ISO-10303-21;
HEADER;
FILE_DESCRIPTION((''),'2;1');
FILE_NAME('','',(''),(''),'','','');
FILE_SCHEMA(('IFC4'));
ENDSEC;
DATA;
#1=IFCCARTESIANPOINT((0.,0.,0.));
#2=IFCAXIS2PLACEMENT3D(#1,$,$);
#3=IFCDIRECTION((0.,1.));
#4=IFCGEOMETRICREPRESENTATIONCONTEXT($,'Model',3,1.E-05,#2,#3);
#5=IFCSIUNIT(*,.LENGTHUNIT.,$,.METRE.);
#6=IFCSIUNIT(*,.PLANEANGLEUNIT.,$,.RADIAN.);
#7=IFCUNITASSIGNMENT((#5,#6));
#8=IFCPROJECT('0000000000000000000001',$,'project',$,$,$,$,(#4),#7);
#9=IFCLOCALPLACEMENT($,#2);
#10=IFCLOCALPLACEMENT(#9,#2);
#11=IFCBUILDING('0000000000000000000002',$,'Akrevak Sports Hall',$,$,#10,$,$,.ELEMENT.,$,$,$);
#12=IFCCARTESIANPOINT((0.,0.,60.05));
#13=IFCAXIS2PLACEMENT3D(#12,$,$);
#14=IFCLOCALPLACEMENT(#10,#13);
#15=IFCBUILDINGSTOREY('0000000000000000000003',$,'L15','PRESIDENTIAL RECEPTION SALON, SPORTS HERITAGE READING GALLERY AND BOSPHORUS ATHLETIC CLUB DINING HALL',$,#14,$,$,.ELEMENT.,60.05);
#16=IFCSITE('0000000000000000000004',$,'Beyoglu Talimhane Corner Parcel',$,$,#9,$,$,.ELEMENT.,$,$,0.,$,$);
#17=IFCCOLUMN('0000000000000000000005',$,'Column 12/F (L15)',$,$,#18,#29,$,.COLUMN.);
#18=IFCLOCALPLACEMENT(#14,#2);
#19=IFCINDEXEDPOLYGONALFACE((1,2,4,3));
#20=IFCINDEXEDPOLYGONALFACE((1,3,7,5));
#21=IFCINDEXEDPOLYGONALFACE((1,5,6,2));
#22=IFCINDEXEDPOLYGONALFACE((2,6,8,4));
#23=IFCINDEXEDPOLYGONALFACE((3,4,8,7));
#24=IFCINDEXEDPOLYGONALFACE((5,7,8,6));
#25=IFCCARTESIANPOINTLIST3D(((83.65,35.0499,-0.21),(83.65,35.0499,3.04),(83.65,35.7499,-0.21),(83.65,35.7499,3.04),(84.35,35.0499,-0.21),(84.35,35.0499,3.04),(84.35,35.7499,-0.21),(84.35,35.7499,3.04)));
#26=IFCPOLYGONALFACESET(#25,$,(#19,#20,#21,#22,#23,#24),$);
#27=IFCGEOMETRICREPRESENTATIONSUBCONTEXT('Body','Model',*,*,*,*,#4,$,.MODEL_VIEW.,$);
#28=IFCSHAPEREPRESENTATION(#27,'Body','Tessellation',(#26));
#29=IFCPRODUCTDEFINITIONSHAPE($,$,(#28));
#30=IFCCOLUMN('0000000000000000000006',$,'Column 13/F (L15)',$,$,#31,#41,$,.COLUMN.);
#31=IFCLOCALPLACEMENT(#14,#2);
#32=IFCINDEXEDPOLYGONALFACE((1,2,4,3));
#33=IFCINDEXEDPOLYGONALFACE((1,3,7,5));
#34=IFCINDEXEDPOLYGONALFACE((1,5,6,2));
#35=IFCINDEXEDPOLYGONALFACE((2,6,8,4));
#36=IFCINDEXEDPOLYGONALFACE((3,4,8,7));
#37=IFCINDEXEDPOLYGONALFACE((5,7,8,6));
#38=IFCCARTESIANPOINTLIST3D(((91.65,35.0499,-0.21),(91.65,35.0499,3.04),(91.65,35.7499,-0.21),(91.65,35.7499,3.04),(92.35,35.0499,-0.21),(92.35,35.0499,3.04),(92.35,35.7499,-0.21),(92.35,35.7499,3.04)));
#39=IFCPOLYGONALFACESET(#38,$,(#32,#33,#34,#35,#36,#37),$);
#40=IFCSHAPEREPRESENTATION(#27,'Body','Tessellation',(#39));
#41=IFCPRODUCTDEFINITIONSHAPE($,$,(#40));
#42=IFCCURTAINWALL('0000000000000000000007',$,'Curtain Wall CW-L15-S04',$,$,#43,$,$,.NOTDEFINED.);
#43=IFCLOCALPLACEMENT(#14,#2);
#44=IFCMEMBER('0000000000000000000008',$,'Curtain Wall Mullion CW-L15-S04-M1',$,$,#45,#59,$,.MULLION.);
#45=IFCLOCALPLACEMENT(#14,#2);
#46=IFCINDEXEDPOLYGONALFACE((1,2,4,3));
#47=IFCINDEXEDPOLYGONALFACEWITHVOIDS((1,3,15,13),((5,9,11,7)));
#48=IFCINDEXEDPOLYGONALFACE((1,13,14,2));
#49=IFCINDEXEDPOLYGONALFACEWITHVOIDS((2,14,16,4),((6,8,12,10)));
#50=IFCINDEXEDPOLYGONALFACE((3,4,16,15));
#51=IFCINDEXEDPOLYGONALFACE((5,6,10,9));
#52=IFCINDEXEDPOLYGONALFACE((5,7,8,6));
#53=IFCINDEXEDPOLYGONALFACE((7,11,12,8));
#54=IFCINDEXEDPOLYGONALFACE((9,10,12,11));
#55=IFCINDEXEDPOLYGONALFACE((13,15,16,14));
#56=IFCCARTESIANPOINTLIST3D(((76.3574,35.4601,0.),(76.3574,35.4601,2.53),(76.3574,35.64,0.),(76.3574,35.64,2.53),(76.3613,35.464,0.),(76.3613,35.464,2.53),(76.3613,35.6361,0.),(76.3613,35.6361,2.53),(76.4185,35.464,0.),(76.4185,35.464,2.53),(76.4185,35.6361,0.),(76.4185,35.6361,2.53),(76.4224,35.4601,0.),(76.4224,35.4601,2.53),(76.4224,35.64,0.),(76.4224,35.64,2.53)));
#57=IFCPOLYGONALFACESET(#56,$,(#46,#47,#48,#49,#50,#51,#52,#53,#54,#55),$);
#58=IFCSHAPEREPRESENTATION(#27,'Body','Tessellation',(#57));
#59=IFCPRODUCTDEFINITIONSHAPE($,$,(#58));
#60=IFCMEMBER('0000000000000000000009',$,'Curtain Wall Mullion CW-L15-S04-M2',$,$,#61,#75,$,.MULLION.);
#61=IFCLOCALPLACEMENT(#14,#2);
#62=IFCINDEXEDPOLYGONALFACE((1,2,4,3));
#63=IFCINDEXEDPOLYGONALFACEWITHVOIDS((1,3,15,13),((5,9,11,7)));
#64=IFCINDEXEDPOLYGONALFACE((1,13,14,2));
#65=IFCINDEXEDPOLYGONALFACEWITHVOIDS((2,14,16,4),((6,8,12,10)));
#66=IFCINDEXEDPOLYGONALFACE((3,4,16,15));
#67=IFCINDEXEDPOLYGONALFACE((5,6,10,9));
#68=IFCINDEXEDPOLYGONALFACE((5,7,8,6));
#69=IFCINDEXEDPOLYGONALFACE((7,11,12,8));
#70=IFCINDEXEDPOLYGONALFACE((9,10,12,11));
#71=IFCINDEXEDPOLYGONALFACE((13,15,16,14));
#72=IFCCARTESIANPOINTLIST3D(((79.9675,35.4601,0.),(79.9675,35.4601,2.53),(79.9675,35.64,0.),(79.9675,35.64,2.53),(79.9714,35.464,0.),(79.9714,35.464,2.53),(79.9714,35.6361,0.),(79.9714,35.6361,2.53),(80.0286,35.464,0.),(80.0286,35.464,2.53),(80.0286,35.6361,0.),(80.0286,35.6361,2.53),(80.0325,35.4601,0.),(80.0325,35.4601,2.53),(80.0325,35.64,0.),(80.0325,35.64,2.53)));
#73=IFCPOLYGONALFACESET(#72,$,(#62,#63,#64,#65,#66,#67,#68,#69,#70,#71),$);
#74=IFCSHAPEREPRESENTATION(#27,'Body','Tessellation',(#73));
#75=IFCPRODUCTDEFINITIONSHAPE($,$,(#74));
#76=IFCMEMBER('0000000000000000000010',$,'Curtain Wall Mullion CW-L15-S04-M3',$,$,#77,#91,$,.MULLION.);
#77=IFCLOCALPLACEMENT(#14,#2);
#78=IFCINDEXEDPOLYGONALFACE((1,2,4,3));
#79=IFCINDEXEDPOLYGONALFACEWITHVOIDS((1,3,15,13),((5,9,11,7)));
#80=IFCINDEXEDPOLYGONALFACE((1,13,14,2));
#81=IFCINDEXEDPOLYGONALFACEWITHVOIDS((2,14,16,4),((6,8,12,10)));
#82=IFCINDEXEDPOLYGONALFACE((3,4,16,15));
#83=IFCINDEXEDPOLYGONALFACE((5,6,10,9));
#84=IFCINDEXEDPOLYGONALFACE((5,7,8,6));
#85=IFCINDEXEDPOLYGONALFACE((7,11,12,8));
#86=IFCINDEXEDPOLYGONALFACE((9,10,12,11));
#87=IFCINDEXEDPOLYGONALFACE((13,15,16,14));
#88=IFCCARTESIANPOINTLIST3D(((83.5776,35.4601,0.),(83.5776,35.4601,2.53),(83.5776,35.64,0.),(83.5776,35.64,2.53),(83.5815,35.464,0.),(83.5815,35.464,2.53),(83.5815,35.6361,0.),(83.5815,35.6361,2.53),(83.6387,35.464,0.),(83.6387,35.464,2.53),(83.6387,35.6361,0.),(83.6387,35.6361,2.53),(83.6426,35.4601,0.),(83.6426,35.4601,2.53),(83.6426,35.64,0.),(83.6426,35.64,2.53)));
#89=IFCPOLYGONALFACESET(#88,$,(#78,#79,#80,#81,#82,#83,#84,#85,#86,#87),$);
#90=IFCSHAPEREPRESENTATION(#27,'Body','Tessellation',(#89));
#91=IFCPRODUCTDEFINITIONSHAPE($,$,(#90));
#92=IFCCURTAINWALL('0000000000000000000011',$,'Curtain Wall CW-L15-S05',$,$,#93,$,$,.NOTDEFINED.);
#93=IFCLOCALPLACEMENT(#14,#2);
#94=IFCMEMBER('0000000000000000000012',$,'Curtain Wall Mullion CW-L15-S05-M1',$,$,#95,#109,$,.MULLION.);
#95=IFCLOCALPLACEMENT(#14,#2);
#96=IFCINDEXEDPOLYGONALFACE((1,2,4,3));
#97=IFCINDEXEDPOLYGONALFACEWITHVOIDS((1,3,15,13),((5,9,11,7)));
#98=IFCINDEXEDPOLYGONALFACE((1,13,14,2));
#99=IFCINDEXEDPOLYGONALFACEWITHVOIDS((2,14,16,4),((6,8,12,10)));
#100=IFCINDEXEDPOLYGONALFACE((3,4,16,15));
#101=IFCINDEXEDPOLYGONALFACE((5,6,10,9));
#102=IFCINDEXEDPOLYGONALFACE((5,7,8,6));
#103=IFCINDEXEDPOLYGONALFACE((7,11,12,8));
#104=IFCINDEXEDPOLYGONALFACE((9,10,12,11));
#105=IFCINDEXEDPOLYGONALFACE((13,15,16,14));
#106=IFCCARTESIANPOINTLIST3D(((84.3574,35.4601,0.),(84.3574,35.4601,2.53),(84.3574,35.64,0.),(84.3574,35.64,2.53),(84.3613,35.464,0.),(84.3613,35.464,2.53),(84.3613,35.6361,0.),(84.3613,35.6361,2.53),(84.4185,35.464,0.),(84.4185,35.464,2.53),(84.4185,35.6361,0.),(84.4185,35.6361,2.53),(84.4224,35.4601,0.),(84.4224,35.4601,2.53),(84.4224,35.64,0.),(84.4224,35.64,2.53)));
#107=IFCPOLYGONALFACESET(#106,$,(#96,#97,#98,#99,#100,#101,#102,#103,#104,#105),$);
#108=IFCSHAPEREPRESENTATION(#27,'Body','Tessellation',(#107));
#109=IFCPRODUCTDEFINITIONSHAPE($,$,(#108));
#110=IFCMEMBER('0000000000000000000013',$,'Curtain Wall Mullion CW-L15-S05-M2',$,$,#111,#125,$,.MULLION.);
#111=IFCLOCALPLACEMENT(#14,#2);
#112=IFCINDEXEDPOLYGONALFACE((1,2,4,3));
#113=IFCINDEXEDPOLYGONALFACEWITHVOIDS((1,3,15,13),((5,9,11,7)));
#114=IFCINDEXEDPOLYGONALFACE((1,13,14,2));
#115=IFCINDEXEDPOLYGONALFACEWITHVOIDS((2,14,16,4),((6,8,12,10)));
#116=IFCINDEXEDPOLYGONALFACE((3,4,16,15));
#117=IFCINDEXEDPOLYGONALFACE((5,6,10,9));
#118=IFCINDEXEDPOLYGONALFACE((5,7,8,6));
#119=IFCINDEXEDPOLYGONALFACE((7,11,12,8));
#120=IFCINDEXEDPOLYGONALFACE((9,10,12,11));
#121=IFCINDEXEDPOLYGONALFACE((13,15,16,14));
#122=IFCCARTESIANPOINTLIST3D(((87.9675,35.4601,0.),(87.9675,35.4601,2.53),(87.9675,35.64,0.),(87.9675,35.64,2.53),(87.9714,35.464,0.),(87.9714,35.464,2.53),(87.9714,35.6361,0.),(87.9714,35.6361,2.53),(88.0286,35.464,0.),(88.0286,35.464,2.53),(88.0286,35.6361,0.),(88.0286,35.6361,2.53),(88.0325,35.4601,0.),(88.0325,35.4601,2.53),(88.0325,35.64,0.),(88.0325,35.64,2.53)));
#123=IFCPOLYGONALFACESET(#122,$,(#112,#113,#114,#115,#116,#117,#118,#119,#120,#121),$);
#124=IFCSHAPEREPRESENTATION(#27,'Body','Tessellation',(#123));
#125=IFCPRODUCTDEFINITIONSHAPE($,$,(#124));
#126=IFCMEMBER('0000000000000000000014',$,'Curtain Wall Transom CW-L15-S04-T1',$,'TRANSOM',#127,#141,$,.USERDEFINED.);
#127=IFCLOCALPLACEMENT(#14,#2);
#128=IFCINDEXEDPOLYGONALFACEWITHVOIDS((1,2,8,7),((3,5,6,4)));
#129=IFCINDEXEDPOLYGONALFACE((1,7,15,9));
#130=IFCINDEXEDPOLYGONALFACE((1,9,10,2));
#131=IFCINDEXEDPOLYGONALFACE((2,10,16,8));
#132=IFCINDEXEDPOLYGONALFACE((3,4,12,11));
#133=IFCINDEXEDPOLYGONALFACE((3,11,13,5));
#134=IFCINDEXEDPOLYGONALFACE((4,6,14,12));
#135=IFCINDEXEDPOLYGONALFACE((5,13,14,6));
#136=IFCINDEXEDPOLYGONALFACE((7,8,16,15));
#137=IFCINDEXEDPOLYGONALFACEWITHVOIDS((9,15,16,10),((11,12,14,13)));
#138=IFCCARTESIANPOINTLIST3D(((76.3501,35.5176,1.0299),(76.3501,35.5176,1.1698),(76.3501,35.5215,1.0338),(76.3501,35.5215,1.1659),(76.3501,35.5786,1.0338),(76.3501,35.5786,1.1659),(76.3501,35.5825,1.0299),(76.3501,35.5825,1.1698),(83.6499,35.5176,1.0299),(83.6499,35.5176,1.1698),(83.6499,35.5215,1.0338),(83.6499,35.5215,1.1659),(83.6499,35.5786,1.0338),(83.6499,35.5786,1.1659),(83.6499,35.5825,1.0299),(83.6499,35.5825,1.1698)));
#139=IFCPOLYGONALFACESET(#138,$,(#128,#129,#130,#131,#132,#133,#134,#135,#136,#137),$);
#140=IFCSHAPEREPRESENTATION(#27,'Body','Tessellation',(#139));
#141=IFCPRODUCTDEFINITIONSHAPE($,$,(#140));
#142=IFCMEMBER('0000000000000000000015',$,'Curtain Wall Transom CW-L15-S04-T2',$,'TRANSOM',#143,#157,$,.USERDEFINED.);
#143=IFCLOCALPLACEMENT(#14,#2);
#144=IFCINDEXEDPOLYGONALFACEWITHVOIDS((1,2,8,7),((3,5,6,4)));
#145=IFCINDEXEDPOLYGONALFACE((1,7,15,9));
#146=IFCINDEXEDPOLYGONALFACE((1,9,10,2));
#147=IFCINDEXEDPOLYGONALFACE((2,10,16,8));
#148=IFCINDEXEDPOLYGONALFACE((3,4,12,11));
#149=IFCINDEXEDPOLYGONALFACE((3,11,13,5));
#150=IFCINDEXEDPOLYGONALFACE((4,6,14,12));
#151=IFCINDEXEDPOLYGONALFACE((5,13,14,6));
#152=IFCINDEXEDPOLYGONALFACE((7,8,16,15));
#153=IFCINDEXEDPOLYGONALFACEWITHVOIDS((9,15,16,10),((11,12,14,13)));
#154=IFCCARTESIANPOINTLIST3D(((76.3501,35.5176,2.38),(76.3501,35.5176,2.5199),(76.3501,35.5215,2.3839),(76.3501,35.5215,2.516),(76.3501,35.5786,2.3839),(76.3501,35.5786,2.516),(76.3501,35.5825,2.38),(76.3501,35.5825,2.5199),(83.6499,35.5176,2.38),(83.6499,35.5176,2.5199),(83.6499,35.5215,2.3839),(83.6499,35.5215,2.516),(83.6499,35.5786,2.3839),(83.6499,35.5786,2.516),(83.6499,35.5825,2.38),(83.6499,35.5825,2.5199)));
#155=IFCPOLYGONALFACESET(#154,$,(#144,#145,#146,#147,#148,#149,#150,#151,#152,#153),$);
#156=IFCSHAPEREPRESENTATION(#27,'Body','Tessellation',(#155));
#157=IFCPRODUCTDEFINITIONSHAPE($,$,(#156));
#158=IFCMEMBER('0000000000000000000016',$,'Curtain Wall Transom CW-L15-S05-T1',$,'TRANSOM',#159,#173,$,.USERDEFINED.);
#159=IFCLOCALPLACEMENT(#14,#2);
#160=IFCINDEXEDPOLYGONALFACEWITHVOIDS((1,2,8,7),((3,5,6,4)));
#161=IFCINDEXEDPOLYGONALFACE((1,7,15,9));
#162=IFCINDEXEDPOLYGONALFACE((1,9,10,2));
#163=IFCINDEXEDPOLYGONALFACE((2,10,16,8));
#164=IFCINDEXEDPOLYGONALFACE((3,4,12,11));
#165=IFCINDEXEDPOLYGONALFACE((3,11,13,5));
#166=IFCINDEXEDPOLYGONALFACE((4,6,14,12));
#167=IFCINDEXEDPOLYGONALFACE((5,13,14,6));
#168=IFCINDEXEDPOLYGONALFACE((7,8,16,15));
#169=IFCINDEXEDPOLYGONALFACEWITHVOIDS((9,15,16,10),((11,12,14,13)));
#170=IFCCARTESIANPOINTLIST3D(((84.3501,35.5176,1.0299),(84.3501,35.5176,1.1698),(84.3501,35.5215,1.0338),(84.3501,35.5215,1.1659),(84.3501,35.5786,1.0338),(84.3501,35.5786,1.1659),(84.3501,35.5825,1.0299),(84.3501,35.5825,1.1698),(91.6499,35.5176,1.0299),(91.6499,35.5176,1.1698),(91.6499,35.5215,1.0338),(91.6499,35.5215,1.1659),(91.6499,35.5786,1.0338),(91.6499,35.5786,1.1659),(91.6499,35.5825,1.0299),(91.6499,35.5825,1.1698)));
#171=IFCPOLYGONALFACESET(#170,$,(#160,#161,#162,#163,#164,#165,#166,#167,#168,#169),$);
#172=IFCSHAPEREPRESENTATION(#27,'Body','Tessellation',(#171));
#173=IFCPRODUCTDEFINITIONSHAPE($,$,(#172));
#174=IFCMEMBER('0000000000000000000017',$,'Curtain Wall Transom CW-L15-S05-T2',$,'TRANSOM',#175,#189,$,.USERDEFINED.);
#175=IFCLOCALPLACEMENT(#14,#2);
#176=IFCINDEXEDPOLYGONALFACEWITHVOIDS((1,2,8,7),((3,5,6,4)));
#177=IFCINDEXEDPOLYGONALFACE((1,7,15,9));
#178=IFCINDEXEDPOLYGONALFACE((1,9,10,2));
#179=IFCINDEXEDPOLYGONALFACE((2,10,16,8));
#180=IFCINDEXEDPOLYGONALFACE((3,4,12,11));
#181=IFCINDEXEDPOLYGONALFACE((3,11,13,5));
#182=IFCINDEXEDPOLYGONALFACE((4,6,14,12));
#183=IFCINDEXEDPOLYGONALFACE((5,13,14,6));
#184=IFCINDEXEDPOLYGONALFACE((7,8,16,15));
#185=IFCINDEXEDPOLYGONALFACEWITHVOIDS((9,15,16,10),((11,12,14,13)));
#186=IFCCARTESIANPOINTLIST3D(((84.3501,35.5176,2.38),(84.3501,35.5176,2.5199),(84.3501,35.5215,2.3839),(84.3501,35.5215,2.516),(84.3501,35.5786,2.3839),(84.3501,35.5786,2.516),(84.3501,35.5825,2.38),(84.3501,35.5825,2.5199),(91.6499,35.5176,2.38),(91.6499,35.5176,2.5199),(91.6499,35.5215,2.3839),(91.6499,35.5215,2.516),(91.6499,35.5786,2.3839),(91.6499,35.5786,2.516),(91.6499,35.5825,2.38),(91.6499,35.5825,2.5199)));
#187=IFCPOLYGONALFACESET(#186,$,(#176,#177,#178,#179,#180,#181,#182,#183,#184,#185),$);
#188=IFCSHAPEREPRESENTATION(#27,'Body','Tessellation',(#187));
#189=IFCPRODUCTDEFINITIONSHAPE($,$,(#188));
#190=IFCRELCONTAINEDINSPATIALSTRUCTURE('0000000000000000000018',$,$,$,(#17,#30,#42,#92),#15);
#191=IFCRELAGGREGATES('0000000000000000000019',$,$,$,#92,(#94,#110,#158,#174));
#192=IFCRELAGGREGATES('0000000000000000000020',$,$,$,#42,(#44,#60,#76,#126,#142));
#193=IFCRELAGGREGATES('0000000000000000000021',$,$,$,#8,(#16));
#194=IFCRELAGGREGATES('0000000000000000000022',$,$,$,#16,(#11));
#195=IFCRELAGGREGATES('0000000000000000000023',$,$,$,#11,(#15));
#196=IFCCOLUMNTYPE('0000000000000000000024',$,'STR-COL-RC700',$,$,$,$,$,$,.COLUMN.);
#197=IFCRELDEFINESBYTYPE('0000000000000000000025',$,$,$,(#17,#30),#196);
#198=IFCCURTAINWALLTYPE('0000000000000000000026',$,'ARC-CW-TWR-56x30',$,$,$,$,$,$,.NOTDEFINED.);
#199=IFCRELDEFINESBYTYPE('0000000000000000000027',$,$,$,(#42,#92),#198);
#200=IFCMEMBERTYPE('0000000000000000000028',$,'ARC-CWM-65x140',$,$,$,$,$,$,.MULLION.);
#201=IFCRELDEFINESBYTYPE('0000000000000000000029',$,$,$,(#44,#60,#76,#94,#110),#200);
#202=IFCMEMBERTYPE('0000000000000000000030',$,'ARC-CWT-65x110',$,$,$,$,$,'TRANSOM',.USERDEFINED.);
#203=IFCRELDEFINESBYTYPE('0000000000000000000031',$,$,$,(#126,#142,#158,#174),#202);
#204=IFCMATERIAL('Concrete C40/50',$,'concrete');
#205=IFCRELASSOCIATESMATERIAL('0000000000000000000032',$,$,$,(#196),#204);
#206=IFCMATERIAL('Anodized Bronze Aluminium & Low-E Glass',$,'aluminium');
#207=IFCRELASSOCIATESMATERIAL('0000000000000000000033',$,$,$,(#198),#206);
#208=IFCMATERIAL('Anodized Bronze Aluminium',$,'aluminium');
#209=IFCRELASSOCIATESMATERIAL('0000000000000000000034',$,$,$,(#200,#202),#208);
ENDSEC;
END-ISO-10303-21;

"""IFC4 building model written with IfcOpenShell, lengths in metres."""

from ifc_helpers import new_model, si_unit, direction, frame, origin, origin_2d, place, context, subcontext, project, spatial, rectangle, hollow_rectangle, extrude, material, material_profile, profile_set, type_object, element, aggregate, save


model = new_model("IFC4")

# Units and contexts
model_context = context("Model", 3, precision=1e-05, world=origin(), true_north=direction((0.0, 1.0)))
body_context = subcontext(model_context, "Body", "Model", "MODEL_VIEW")
ifc_project = project(units=[si_unit("LENGTHUNIT", "METRE"), si_unit("PLANEANGLEUNIT", "RADIAN")], contexts=[model_context])

# Site, building, storey
site_placement = place(None, origin())
site = spatial("IfcSite", under=ifc_project, at=site_placement, Name="Beyoglu Talimhane Corner Parcel", CompositionType="ELEMENT", RefElevation=0.0)
building_placement = place(site_placement, origin())
building = spatial("IfcBuilding", under=site, at=building_placement, Name="Akrevak Sports Hall", CompositionType="ELEMENT")
storey_placement = place(building_placement, frame((0.0, 0.0, 60.05)))
storey = spatial("IfcBuildingStorey", under=building, at=storey_placement, Name="L15", Description="PRESIDENTIAL RECEPTION SALON, SPORTS HERITAGE READING GALLERY AND BOSPHORUS ATHLETIC CLUB DINING HALL", CompositionType="ELEMENT", Elevation=60.05)

# Columns
ifc_material_1 = material(Name="Concrete C40/50", Category="concrete")
ifc_material_profile_1 = material_profile(ifc_material_1, rectangle(XDim=0.7, YDim=0.7, at=origin_2d()), Name="RC 700x700", Category="concrete")
ifc_profile_set_1 = profile_set([ifc_material_profile_1], Name="Concrete C40/50")
column_type = type_object("IfcColumnType", Name="STR-COL-RC700", PredefinedType="COLUMN", material=ifc_profile_set_1)
for number, where, z_axis, x_axis, name in (
    (1, (84.0, 35.3999, -0.21), (0.0, 0.0, 1.0), (1.0, 0.0, 0.0), "Column 12/F (L15)"),
    (2, (92.0, 35.3999, -0.21), (0.0, 0.0, 1.0), (1.0, 0.0, 0.0), "Column 13/F (L15)"),
):
    element("IfcColumn", number, at=place(storey_placement, frame(where, z_axis=z_axis, x_axis=x_axis)), inside=storey, type_object=column_type, Name=name, PredefinedType="COLUMN", context=body_context, shape_type="SweptSolid", body=[
        extrude(rectangle(XDim=0.7, YDim=0.7, at=origin_2d()), origin(), (0.0, 0.0, 1.0), 3.25),
    ])

# Curtain walls, members
ifc_material_2 = material(Name="Anodized Bronze Aluminium & Low-E Glass", Category="aluminium")
curtain_wall_type = type_object("IfcCurtainWallType", Name="ARC-CW-TWR-56x30", PredefinedType="NOTDEFINED", material=ifc_material_2)
curtain_wall_1_placement = place(storey_placement, origin())
curtain_wall_1 = element("IfcCurtainWall", 3, at=curtain_wall_1_placement, inside=storey, type_object=curtain_wall_type, Name="Curtain Wall CW-L15-S04", PredefinedType="NOTDEFINED")
ifc_material_3 = material(Name="Anodized Bronze Aluminium", Category="aluminium")
ifc_material_profile_2 = material_profile(ifc_material_3, hollow_rectangle(XDim=0.0649, YDim=0.1799, WallThickness=0.0039, at=origin_2d()), Name="CWM 65x180", Category="aluminium")
ifc_profile_set_2 = profile_set([ifc_material_profile_2], Name="Anodized Bronze Aluminium")
member_type_1 = type_object("IfcMemberType", Name="ARC-CWM-65x140", PredefinedType="MULLION", material=ifc_profile_set_2)
member_1_placement = place(storey_placement, frame((76.3899, 35.55, 0.0), z_axis=(0.0, 0.0, 1.0), x_axis=(1.0, 0.0, 0.0)))
member_1 = element("IfcMember", 4, at=member_1_placement, type_object=member_type_1, Name="Curtain Wall Mullion CW-L15-S04-M1", PredefinedType="MULLION", context=body_context, shape_type="SweptSolid", body=[
    extrude(hollow_rectangle(XDim=0.0649, YDim=0.1799, WallThickness=0.0039, at=origin_2d()), origin(), (0.0, 0.0, 1.0), 2.53),
])
member_2_placement = place(storey_placement, frame((80.0, 35.55, 0.0), z_axis=(0.0, 0.0, 1.0), x_axis=(1.0, 0.0, 0.0)))
member_2 = element("IfcMember", 5, at=member_2_placement, type_object=member_type_1, Name="Curtain Wall Mullion CW-L15-S04-M2", PredefinedType="MULLION", context=body_context, shape_type="SweptSolid", body=[
    extrude(hollow_rectangle(XDim=0.0649, YDim=0.1799, WallThickness=0.0039, at=origin_2d()), origin(), (0.0, 0.0, 1.0), 2.53),
])
member_3_placement = place(storey_placement, frame((83.6101, 35.55, 0.0), z_axis=(0.0, 0.0, 1.0), x_axis=(1.0, 0.0, 0.0)))
member_3 = element("IfcMember", 6, at=member_3_placement, type_object=member_type_1, Name="Curtain Wall Mullion CW-L15-S04-M3", PredefinedType="MULLION", context=body_context, shape_type="SweptSolid", body=[
    extrude(hollow_rectangle(XDim=0.0649, YDim=0.1799, WallThickness=0.0039, at=origin_2d()), origin(), (0.0, 0.0, 1.0), 2.53),
])
curtain_wall_2_placement = place(storey_placement, origin())
curtain_wall_2 = element("IfcCurtainWall", 7, at=curtain_wall_2_placement, inside=storey, type_object=curtain_wall_type, Name="Curtain Wall CW-L15-S05", PredefinedType="NOTDEFINED")
member_4_placement = place(storey_placement, frame((84.3899, 35.55, 0.0), z_axis=(0.0, 0.0, 1.0), x_axis=(1.0, 0.0, 0.0)))
member_4 = element("IfcMember", 8, at=member_4_placement, type_object=member_type_1, Name="Curtain Wall Mullion CW-L15-S05-M1", PredefinedType="MULLION", context=body_context, shape_type="SweptSolid", body=[
    extrude(hollow_rectangle(XDim=0.0649, YDim=0.1799, WallThickness=0.0039, at=origin_2d()), origin(), (0.0, 0.0, 1.0), 2.53),
])
member_5_placement = place(storey_placement, frame((88.0, 35.55, 0.0), z_axis=(0.0, 0.0, 1.0), x_axis=(1.0, 0.0, 0.0)))
member_5 = element("IfcMember", 9, at=member_5_placement, type_object=member_type_1, Name="Curtain Wall Mullion CW-L15-S05-M2", PredefinedType="MULLION", context=body_context, shape_type="SweptSolid", body=[
    extrude(hollow_rectangle(XDim=0.0649, YDim=0.1799, WallThickness=0.0039, at=origin_2d()), origin(), (0.0, 0.0, 1.0), 2.53),
])

# Members
ifc_material_profile_3 = material_profile(ifc_material_3, hollow_rectangle(XDim=0.0649, YDim=0.1399, WallThickness=0.0039, at=origin_2d()), Name="CWT 65x140", Category="aluminium")
ifc_profile_set_3 = profile_set([ifc_material_profile_3], Name="Anodized Bronze Aluminium")
member_type_2 = type_object("IfcMemberType", Name="ARC-CWT-65x110", ElementType="TRANSOM", PredefinedType="USERDEFINED", material=ifc_profile_set_3)
member_6_placement = place(storey_placement, frame((76.3501, 35.55, 1.0999), z_axis=(1.0, 0.0, 0.0), x_axis=(0.0, 1.0, 0.0)))
member_6 = element("IfcMember", 10, at=member_6_placement, type_object=member_type_2, Name="Curtain Wall Transom CW-L15-S04-T1", ObjectType="TRANSOM", PredefinedType="USERDEFINED", context=body_context, shape_type="SweptSolid", body=[
    extrude(hollow_rectangle(XDim=0.0649, YDim=0.1399, WallThickness=0.0039, at=origin_2d()), origin(), (0.0, 0.0, 1.0), 7.2998),
])
member_7_placement = place(storey_placement, frame((76.3501, 35.55, 2.45), z_axis=(1.0, 0.0, 0.0), x_axis=(0.0, 1.0, 0.0)))
member_7 = element("IfcMember", 11, at=member_7_placement, type_object=member_type_2, Name="Curtain Wall Transom CW-L15-S04-T2", ObjectType="TRANSOM", PredefinedType="USERDEFINED", context=body_context, shape_type="SweptSolid", body=[
    extrude(hollow_rectangle(XDim=0.0649, YDim=0.1399, WallThickness=0.0039, at=origin_2d()), origin(), (0.0, 0.0, 1.0), 7.2998),
])
member_8_placement = place(storey_placement, frame((84.3501, 35.55, 1.0999), z_axis=(1.0, 0.0, 0.0), x_axis=(0.0, 1.0, 0.0)))
member_8 = element("IfcMember", 12, at=member_8_placement, type_object=member_type_2, Name="Curtain Wall Transom CW-L15-S05-T1", ObjectType="TRANSOM", PredefinedType="USERDEFINED", context=body_context, shape_type="SweptSolid", body=[
    extrude(hollow_rectangle(XDim=0.0649, YDim=0.1399, WallThickness=0.0039, at=origin_2d()), origin(), (0.0, 0.0, 1.0), 7.2998),
])
member_9_placement = place(storey_placement, frame((84.3501, 35.55, 2.45), z_axis=(1.0, 0.0, 0.0), x_axis=(0.0, 1.0, 0.0)))
member_9 = element("IfcMember", 13, at=member_9_placement, type_object=member_type_2, Name="Curtain Wall Transom CW-L15-S05-T2", ObjectType="TRANSOM", PredefinedType="USERDEFINED", context=body_context, shape_type="SweptSolid", body=[
    extrude(hollow_rectangle(XDim=0.0649, YDim=0.1399, WallThickness=0.0039, at=origin_2d()), origin(), (0.0, 0.0, 1.0), 7.2998),
])

aggregate(curtain_wall_2, [member_4, member_5, member_8, member_9])
aggregate(curtain_wall_1, [member_1, member_2, member_3, member_6, member_7])

save(model, "model.ifc")
